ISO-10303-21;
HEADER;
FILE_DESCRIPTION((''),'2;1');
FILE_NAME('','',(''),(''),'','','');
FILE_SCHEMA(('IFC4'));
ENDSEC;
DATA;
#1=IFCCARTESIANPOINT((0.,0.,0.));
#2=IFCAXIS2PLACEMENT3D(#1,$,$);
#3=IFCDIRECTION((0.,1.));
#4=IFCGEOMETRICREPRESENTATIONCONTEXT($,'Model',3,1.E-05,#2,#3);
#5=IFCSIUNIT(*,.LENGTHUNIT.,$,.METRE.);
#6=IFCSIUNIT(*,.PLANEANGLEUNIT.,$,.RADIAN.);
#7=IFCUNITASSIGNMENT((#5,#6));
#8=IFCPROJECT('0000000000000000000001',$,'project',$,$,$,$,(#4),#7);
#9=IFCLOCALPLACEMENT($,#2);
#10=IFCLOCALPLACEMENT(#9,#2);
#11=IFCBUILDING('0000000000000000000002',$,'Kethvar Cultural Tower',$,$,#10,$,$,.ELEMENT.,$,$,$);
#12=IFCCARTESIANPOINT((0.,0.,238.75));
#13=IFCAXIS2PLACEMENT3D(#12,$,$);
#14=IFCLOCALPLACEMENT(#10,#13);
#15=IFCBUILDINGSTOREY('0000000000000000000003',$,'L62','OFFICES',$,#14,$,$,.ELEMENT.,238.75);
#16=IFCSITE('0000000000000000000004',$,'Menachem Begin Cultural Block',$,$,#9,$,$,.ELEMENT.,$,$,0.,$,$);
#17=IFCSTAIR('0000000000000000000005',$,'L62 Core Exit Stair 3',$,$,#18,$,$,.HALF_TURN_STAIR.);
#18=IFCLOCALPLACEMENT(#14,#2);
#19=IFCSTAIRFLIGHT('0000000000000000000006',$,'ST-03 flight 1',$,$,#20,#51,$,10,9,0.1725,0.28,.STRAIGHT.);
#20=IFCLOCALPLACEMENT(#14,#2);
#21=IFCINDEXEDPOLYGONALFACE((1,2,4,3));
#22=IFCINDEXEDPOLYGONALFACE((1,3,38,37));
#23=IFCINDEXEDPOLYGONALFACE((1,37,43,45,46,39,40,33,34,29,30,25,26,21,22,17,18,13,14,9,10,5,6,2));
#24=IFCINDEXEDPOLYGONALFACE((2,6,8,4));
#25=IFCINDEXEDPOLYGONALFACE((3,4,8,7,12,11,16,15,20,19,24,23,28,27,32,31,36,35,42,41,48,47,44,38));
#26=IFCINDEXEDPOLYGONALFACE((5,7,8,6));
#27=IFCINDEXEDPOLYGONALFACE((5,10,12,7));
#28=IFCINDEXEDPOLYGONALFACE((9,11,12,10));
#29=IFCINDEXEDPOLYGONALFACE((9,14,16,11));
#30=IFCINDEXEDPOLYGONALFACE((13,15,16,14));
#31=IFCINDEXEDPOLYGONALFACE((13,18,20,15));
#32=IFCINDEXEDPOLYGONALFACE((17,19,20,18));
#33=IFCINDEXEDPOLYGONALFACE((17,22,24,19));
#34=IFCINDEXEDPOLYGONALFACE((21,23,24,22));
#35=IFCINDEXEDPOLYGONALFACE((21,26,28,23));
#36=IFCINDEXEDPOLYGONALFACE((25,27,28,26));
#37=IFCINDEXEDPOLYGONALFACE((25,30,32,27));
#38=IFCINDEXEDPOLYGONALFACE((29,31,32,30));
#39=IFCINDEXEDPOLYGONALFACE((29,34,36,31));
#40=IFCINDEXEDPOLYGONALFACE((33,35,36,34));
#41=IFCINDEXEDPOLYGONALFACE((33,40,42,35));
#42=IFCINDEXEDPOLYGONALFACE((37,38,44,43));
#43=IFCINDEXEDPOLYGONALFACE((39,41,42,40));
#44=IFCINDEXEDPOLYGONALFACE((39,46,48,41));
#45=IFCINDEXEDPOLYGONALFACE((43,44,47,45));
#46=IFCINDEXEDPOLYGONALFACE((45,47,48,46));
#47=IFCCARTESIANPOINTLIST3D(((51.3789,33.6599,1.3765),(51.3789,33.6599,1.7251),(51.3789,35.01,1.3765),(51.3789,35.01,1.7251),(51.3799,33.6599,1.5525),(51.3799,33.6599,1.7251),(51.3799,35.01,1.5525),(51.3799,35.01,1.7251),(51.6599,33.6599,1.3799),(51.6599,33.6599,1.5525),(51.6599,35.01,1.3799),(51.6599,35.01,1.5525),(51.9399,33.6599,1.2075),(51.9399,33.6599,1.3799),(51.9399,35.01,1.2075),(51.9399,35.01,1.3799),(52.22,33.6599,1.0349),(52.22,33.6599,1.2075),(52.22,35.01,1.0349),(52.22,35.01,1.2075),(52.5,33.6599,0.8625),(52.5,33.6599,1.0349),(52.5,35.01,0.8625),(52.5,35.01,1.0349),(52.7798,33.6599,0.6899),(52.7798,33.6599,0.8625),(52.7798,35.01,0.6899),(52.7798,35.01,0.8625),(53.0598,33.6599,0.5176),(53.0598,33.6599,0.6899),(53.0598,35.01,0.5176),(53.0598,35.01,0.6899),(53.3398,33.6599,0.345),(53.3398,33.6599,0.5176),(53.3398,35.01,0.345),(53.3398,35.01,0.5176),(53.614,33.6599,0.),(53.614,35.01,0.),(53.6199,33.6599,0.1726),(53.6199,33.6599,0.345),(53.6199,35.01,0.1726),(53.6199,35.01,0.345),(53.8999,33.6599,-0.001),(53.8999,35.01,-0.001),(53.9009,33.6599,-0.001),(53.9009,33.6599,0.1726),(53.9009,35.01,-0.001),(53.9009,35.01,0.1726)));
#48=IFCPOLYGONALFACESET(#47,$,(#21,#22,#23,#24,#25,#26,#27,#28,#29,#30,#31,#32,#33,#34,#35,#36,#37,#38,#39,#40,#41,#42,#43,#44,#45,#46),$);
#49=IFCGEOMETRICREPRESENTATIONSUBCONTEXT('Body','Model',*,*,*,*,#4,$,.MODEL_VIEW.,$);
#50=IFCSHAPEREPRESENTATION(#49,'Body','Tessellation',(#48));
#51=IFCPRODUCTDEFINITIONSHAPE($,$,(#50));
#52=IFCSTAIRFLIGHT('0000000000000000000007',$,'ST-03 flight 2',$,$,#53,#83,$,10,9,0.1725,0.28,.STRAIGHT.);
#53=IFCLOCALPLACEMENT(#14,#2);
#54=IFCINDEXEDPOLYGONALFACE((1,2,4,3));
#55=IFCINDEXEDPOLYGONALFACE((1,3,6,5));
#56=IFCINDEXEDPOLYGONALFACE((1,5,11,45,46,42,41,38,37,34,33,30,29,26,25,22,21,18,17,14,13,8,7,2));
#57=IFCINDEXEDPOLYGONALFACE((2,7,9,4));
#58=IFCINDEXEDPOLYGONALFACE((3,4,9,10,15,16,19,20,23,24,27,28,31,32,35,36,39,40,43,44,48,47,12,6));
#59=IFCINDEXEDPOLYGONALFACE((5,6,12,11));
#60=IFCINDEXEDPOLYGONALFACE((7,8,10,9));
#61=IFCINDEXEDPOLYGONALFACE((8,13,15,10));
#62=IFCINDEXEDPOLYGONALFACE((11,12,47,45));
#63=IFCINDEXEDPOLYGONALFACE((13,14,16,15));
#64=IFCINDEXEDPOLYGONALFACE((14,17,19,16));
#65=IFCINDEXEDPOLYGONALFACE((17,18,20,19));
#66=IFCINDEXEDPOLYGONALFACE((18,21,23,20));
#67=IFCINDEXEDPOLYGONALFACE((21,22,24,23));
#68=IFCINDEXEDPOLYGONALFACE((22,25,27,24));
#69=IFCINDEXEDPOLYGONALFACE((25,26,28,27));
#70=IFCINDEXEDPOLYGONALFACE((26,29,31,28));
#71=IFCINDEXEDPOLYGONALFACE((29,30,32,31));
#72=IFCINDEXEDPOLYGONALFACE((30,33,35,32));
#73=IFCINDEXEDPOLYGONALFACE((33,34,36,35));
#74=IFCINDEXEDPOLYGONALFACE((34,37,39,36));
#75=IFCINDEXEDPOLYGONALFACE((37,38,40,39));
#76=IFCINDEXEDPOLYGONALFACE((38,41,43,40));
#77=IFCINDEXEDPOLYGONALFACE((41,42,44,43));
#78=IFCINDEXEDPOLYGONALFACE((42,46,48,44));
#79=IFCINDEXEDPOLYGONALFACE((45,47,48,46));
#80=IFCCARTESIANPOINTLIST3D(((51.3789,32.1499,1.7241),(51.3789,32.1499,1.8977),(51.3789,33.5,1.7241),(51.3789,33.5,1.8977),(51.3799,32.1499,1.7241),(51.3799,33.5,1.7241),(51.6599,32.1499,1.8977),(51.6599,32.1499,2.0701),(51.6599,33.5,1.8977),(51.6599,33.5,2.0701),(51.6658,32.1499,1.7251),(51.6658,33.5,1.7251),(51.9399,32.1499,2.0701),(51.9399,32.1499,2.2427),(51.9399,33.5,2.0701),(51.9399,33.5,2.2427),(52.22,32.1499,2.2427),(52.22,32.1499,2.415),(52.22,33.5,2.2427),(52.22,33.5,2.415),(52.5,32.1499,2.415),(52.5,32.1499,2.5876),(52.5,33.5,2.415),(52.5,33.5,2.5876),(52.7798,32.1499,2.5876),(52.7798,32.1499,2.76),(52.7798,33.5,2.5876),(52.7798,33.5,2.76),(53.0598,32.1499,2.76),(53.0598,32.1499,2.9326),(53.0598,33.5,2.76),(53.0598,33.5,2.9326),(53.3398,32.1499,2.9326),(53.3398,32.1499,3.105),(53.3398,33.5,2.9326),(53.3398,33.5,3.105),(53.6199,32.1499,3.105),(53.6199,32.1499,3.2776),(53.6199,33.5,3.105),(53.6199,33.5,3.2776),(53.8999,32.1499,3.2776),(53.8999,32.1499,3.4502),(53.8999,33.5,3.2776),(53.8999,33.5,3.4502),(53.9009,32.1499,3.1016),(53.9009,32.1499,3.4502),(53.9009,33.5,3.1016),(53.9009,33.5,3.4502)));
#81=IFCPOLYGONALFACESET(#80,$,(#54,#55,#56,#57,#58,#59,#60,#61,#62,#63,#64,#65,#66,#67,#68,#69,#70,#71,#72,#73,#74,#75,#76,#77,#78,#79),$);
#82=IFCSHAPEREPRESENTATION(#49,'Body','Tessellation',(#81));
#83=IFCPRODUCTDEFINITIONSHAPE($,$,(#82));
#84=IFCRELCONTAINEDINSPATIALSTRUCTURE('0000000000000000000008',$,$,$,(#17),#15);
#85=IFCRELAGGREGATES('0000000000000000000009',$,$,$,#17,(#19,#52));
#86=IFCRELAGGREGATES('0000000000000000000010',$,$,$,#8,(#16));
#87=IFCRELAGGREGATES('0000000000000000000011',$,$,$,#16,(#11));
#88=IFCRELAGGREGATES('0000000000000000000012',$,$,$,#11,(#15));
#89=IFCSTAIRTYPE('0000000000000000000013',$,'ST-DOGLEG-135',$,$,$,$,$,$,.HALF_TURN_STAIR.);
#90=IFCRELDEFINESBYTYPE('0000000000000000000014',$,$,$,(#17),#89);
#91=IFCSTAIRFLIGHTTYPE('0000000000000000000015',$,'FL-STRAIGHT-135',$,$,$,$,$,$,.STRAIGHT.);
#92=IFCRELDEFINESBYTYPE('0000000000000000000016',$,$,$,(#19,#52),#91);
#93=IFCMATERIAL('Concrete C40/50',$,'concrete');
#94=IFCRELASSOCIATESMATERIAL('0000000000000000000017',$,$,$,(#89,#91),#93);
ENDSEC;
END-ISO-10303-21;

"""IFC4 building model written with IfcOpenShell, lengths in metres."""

from ifc_helpers import new_model, si_unit, direction, frame, origin, place, context, subcontext, project, spatial, polyline, outline, extrude, material, type_object, element, aggregate, save


model = new_model("IFC4")

# Units and contexts
model_context = context("Model", 3, precision=1e-05, world=origin(), true_north=direction((0.0, 1.0)))
body_context = subcontext(model_context, "Body", "Model", "MODEL_VIEW")
ifc_project = project(units=[si_unit("LENGTHUNIT", "METRE"), si_unit("PLANEANGLEUNIT", "RADIAN")], contexts=[model_context])

# Site, building, storey
site_placement = place(None, origin())
site = spatial("IfcSite", under=ifc_project, at=site_placement, Name="Menachem Begin Cultural Block", CompositionType="ELEMENT", RefElevation=0.0)
building_placement = place(site_placement, origin())
building = spatial("IfcBuilding", under=site, at=building_placement, Name="Kethvar Cultural Tower", CompositionType="ELEMENT")
storey_placement = place(building_placement, frame((0.0, 0.0, 238.75)))
storey = spatial("IfcBuildingStorey", under=building, at=storey_placement, Name="L62", Description="OFFICES", CompositionType="ELEMENT", Elevation=238.75)

# Shared definitions
ifc_material_1 = material(Name="Concrete C40/50", Category="concrete")

# Stair, stair flights
stair_type = type_object("IfcStairType", Name="ST-DOGLEG-135", PredefinedType="HALF_TURN_STAIR", material=ifc_material_1)
stair_placement = place(storey_placement, origin())
stair = element("IfcStair", 1, at=stair_placement, inside=storey, type_object=stair_type, Name="L62 Core Exit Stair 3", PredefinedType="HALF_TURN_STAIR")
stair_flight_type = type_object("IfcStairFlightType", Name="FL-STRAIGHT-135", PredefinedType="STRAIGHT", material=ifc_material_1)
stair_flight_1_placement = place(storey_placement, frame((53.8999, 34.335, 0.0), z_axis=(0.0, 0.0, 1.0), x_axis=(-1.0, 0.0, 0.0)))
stair_flight_1 = element("IfcStairFlight", 2, at=stair_flight_1_placement, type_object=stair_flight_type, Name="ST-03 flight 1", NumberOfRisers=10, NumberOfTreads=9, PredefinedType="STRAIGHT", RiserHeight=0.1725, TreadLength=0.28, context=body_context, shape_type="SweptSolid", body=[
    extrude(outline(polyline([(-0.001, -0.001), (-0.001, 0.1726), (0.28, 0.1726), (0.28, 0.345), (0.5601, 0.345), (0.5601, 0.5176), (0.8401, 0.5176), (0.8401, 0.6899), (1.1201, 0.6899), (1.1201, 0.8625), (1.3999, 0.8625), (1.3999, 1.0349), (1.6799, 1.0349), (1.6799, 1.2075), (1.96, 1.2075), (1.96, 1.3799), (2.24, 1.3799), (2.24, 1.5525), (2.52, 1.5525), (2.52, 1.7251), (2.521, 1.7251), (2.521, 1.3765), (0.2859, 0.0), (0.0, -0.001), (-0.001, -0.001)])), frame((0.0, 0.675, 0.0), z_axis=(0.0, -1.0, 0.0), x_axis=(1.0, 0.0, 0.0)), (0.0, 0.0, 1.0), 1.3501),
])
stair_flight_2_placement = place(storey_placement, frame((51.3799, 32.825, 1.7251), z_axis=(0.0, 0.0, 1.0), x_axis=(1.0, 0.0, 0.0)))
stair_flight_2 = element("IfcStairFlight", 3, at=stair_flight_2_placement, type_object=stair_flight_type, Name="ST-03 flight 2", NumberOfRisers=10, NumberOfTreads=9, PredefinedType="STRAIGHT", RiserHeight=0.1725, TreadLength=0.28, context=body_context, shape_type="SweptSolid", body=[
    extrude(outline(polyline([(-0.001, -0.001), (-0.001, 0.1726), (0.28, 0.1726), (0.28, 0.345), (0.5601, 0.345), (0.5601, 0.5176), (0.8401, 0.5176), (0.8401, 0.6899), (1.1201, 0.6899), (1.1201, 0.8625), (1.3999, 0.8625), (1.3999, 1.0349), (1.6799, 1.0349), (1.6799, 1.2075), (1.96, 1.2075), (1.96, 1.3799), (2.24, 1.3799), (2.24, 1.5525), (2.52, 1.5525), (2.52, 1.7251), (2.521, 1.7251), (2.521, 1.3765), (0.2859, 0.0), (0.0, -0.001), (-0.001, -0.001)])), frame((0.0, 0.675, 0.0), z_axis=(0.0, -1.0, 0.0), x_axis=(1.0, 0.0, 0.0)), (0.0, 0.0, 1.0), 1.3501),
])
aggregate(stair, [stair_flight_1, stair_flight_2])

save(model, "model.ifc")
